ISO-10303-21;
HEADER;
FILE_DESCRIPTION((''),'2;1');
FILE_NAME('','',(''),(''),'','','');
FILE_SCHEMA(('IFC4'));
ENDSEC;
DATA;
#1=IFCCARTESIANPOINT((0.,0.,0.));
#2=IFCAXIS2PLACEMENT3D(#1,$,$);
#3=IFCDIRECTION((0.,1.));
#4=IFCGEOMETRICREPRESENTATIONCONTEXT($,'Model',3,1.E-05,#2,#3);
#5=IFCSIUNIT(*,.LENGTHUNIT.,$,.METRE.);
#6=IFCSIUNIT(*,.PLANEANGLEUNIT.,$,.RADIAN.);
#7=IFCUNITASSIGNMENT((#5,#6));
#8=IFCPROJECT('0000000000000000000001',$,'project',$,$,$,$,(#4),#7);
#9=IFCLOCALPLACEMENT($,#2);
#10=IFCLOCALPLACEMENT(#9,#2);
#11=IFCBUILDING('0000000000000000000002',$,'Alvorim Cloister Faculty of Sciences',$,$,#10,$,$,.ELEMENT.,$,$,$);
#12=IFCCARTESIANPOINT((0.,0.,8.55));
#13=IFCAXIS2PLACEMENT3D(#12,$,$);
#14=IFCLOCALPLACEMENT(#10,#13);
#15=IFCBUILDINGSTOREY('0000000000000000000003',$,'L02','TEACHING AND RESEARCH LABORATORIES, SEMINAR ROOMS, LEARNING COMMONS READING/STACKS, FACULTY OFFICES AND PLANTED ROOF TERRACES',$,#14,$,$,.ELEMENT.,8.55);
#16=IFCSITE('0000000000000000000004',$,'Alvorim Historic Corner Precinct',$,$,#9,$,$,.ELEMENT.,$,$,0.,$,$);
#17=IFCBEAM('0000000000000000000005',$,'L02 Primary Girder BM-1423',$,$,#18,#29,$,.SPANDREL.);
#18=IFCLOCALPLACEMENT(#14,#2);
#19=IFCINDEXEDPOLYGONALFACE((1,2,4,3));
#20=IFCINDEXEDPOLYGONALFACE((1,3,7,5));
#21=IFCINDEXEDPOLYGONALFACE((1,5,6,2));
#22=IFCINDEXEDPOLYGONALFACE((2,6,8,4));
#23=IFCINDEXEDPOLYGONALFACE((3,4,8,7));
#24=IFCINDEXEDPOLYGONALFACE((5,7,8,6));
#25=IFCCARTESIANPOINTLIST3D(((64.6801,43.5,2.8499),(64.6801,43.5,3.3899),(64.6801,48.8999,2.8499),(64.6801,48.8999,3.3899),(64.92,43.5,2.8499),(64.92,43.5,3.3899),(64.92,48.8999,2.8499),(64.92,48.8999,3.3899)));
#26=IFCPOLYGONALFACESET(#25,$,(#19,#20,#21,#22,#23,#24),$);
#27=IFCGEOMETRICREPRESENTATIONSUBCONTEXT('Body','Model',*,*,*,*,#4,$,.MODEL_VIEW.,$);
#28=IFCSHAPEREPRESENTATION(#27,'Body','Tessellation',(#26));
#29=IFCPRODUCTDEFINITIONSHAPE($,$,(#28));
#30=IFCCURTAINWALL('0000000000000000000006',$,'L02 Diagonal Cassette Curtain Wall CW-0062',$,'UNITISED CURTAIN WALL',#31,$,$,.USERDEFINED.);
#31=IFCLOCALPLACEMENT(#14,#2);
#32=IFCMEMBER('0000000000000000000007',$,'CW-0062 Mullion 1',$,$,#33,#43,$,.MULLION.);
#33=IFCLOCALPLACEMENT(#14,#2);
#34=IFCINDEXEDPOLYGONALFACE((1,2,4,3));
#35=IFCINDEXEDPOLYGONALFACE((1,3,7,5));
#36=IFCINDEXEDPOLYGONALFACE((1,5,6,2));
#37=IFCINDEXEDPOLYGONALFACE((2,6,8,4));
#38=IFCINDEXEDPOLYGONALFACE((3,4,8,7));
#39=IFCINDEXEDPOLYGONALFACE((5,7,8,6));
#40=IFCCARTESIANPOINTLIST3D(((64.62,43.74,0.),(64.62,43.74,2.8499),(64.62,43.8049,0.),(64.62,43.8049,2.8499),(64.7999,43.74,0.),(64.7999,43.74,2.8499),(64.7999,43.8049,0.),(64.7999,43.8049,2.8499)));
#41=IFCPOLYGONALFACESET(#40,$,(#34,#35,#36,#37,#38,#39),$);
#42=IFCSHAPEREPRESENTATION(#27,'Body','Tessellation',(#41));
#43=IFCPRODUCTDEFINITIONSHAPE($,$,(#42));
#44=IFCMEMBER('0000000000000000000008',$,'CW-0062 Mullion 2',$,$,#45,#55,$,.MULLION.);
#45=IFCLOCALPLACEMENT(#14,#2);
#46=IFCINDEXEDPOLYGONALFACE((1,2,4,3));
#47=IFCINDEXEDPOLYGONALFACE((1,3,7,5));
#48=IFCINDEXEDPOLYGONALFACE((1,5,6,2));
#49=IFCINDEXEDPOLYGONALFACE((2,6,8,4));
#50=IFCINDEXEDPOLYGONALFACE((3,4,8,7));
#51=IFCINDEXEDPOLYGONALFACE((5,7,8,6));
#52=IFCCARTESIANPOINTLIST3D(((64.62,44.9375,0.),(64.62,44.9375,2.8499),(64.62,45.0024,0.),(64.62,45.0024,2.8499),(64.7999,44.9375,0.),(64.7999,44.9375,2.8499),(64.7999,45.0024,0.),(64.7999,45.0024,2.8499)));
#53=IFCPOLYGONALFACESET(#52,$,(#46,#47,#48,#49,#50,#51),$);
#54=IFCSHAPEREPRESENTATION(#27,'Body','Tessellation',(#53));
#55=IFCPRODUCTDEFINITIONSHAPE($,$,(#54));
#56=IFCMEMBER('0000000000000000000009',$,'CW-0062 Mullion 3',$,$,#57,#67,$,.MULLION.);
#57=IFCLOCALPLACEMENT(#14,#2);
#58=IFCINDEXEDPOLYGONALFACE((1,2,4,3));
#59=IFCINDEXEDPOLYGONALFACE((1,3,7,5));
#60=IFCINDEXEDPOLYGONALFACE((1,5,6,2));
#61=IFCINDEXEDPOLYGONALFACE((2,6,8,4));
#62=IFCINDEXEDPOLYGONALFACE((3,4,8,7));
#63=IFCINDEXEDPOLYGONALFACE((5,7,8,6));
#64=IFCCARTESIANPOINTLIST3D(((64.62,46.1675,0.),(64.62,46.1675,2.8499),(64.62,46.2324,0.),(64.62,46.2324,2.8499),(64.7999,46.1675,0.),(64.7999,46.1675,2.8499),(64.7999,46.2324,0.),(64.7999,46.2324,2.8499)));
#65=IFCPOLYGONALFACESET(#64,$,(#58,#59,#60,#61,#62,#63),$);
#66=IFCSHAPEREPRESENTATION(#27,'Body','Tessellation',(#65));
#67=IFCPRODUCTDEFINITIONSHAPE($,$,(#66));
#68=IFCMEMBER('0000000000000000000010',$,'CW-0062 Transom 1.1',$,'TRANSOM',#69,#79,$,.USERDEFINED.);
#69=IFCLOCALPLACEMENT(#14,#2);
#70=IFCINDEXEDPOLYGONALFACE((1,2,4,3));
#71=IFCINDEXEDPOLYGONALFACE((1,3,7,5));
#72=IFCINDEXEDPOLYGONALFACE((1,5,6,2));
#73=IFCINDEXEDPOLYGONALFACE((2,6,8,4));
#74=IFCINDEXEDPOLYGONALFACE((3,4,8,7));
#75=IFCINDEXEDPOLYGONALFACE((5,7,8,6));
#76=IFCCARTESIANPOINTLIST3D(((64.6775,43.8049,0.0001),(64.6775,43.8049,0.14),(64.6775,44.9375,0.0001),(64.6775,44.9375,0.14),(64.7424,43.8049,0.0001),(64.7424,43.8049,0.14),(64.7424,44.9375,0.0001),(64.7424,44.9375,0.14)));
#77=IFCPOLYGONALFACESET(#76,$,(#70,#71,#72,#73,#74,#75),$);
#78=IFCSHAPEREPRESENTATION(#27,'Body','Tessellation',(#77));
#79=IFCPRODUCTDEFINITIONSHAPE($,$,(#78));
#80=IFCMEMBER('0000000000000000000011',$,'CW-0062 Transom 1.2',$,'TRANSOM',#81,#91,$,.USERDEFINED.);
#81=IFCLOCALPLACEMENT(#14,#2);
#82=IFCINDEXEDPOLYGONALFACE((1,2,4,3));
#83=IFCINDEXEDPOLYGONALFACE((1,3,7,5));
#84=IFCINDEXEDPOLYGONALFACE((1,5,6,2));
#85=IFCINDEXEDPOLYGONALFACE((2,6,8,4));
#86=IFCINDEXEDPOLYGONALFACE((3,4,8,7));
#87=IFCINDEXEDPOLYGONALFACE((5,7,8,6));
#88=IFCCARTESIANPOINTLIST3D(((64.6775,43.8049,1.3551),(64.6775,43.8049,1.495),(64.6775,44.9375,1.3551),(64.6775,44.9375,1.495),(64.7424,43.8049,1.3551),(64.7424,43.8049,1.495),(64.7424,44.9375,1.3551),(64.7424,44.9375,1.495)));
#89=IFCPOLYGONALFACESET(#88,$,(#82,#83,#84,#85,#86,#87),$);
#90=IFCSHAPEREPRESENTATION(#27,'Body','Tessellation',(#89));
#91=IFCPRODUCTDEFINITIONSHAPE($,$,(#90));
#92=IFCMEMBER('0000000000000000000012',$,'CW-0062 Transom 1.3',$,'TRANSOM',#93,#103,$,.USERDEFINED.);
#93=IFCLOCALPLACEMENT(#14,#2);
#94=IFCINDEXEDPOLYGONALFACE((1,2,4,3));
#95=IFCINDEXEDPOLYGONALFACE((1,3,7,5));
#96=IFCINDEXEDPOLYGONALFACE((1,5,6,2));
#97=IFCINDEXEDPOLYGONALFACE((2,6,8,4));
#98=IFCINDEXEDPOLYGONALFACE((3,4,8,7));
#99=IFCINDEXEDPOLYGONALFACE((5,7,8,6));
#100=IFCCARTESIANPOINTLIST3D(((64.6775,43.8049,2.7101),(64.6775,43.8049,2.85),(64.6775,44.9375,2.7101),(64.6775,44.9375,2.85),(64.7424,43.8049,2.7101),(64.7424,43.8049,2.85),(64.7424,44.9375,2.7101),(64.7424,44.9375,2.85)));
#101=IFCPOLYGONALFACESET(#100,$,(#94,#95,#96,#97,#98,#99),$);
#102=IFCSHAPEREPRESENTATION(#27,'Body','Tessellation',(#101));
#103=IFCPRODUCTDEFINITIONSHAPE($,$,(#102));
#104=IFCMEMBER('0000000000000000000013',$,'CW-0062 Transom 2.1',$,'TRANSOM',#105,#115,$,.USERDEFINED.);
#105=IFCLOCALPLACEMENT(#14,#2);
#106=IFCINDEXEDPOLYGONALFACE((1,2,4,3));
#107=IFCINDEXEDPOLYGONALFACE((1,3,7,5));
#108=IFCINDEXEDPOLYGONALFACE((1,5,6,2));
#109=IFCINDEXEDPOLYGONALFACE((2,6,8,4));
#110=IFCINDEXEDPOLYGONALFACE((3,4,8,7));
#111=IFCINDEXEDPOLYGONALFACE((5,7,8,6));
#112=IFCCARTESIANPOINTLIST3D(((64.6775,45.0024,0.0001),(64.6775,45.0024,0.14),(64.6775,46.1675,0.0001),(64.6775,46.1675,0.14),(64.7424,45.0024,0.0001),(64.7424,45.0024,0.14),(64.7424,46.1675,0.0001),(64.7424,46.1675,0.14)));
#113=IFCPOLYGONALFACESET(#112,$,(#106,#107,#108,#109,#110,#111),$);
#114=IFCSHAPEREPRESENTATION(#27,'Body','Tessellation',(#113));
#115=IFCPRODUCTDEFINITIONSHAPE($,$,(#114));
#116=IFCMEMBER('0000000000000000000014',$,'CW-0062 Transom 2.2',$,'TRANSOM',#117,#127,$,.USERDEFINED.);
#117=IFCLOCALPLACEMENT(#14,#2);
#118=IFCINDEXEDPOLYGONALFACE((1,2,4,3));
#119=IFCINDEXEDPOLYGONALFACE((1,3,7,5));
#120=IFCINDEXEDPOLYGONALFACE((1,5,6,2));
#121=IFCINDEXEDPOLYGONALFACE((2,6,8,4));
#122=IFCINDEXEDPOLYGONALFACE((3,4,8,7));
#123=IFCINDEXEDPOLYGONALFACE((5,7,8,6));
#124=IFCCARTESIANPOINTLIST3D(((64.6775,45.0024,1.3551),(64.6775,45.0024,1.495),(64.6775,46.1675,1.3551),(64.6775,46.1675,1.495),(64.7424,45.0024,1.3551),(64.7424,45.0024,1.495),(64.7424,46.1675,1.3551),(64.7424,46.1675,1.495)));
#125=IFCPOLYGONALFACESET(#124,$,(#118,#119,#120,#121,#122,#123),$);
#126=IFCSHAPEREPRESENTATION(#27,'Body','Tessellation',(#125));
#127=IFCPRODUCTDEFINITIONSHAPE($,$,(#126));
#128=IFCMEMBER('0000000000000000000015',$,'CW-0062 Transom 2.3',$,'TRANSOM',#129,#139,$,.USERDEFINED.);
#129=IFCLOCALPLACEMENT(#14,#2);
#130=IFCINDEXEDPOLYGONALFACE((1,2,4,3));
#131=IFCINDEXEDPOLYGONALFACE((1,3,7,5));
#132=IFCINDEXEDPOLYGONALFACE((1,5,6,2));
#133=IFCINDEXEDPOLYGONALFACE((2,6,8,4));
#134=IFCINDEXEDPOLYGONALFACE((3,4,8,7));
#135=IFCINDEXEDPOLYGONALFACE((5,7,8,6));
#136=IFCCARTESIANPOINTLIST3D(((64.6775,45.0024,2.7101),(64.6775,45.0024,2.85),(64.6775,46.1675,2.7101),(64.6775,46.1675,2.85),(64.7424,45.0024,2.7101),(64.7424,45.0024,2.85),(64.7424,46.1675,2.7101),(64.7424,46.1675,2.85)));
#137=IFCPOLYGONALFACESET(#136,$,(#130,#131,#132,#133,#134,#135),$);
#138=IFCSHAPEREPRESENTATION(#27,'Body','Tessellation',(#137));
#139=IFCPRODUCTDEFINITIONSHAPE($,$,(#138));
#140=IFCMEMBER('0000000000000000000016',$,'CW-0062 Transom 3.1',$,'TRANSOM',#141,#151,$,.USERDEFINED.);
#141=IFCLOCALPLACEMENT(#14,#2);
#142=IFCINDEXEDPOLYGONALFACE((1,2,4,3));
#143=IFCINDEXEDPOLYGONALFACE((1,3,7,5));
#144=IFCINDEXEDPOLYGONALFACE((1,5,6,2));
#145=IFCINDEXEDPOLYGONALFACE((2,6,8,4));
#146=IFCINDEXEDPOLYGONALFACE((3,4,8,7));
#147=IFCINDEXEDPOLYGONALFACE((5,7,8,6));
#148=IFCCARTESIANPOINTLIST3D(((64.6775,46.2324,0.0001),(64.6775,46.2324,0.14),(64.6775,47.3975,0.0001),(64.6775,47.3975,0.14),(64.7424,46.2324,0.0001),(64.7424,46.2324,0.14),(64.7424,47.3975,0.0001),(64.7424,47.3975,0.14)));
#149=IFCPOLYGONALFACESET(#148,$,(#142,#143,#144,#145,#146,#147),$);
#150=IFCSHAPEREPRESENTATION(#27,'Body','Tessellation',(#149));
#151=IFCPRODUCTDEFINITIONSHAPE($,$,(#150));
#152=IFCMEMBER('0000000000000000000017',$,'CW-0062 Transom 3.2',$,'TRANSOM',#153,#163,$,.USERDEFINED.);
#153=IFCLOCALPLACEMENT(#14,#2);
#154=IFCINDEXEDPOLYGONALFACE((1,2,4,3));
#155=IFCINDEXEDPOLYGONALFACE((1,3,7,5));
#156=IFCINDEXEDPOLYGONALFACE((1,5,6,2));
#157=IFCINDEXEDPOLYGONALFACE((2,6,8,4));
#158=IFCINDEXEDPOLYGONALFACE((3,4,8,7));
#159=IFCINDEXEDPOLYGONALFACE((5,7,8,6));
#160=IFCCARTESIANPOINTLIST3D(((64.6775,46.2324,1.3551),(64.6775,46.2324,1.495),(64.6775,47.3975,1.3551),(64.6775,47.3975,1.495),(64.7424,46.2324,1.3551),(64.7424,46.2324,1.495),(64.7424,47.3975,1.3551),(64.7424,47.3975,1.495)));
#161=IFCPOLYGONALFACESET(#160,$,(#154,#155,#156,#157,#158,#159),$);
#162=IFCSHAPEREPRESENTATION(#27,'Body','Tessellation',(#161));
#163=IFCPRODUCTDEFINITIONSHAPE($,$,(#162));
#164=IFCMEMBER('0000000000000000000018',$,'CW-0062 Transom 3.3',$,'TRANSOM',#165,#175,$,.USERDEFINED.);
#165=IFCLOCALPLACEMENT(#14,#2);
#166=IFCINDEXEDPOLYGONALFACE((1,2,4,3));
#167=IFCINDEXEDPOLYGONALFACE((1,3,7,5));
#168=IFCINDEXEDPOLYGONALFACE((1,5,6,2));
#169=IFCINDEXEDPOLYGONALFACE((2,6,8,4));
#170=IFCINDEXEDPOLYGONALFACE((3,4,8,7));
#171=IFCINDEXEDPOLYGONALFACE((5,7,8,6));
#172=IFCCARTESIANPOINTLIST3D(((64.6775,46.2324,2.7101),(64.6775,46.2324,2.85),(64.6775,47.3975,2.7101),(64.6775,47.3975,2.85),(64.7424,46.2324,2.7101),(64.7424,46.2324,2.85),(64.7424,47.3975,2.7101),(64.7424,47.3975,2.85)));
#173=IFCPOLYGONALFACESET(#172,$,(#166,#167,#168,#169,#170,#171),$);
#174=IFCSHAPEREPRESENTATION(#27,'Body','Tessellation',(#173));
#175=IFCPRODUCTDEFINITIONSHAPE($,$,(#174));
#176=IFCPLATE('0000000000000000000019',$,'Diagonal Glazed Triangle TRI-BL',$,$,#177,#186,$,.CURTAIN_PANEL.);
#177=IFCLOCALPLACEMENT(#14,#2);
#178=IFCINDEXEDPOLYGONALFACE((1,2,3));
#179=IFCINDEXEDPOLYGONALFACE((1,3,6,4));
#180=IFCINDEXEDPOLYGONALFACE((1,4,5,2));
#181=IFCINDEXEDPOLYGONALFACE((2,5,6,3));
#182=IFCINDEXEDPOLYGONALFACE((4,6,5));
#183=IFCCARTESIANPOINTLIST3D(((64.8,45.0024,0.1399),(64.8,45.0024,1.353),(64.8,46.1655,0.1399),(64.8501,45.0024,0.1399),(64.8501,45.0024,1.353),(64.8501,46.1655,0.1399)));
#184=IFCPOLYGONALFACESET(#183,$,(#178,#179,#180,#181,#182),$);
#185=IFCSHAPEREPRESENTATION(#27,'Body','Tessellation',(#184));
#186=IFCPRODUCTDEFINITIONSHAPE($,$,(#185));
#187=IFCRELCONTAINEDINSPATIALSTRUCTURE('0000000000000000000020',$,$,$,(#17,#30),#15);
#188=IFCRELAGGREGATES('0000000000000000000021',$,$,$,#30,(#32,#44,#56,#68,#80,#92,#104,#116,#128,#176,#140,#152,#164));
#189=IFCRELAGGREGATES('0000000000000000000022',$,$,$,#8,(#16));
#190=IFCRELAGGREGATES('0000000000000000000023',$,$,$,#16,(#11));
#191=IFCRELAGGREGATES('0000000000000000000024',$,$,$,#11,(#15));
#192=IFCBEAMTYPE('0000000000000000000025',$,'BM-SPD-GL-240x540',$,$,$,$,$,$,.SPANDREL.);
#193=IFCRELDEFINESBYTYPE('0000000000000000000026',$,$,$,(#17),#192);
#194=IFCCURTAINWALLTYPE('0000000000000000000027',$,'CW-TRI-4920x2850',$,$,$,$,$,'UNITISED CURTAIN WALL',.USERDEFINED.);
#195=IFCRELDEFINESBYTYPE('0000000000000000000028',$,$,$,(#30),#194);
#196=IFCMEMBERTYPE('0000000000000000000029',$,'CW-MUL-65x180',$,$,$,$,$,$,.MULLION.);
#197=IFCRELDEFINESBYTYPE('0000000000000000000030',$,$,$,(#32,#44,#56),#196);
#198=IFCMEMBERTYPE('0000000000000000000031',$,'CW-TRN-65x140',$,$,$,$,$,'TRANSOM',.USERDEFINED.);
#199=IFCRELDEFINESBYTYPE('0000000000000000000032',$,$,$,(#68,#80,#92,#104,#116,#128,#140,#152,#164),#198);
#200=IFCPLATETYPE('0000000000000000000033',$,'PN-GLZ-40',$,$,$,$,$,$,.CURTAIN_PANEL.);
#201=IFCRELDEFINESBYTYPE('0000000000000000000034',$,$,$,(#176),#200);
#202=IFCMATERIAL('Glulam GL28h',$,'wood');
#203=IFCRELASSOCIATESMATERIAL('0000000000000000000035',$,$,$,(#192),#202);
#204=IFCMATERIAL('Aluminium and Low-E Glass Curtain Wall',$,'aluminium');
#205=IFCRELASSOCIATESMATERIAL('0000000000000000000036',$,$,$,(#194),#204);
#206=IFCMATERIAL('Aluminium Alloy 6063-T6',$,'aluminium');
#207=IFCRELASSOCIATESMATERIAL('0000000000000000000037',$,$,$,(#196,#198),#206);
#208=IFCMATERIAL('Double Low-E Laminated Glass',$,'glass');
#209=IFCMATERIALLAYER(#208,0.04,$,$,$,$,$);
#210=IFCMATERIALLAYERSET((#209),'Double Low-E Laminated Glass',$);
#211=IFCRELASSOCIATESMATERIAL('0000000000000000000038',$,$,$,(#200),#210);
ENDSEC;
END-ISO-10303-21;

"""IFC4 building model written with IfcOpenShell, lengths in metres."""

from ifc_helpers import new_model, si_unit, direction, frame, origin, origin_2d, place, context, subcontext, project, spatial, polyline, rectangle, outline, extrude, material, layer, layer_set, material_profile, profile_set, type_object, element, aggregate, save


model = new_model("IFC4")

# Units and contexts
model_context = context("Model", 3, precision=1e-05, world=origin(), true_north=direction((0.0, 1.0)))
body_context = subcontext(model_context, "Body", "Model", "MODEL_VIEW")
ifc_project = project(units=[si_unit("LENGTHUNIT", "METRE"), si_unit("PLANEANGLEUNIT", "RADIAN")], contexts=[model_context])

# Site, building, storey
site_placement = place(None, origin())
site = spatial("IfcSite", under=ifc_project, at=site_placement, Name="Alvorim Historic Corner Precinct", CompositionType="ELEMENT", RefElevation=0.0)
building_placement = place(site_placement, origin())
building = spatial("IfcBuilding", under=site, at=building_placement, Name="Alvorim Cloister Faculty of Sciences", CompositionType="ELEMENT")
storey_placement = place(building_placement, frame((0.0, 0.0, 8.55)))
storey = spatial("IfcBuildingStorey", under=building, at=storey_placement, Name="L02", Description="TEACHING AND RESEARCH LABORATORIES, SEMINAR ROOMS, LEARNING COMMONS READING/STACKS, FACULTY OFFICES AND PLANTED ROOF TERRACES", CompositionType="ELEMENT", Elevation=8.55)

# Beam
ifc_material_1 = material(Name="Glulam GL28h", Category="wood")
ifc_material_profile_1 = material_profile(ifc_material_1, rectangle(XDim=0.24, YDim=0.54, at=origin_2d()), Name="GL28-SPD-240x540")
ifc_profile_set_1 = profile_set([ifc_material_profile_1], Name="Glulam GL28h")
beam_type = type_object("IfcBeamType", Name="BM-SPD-GL-240x540", PredefinedType="SPANDREL", material=ifc_profile_set_1)
beam_placement = place(storey_placement, frame((64.8, 43.5, 3.1199), z_axis=(0.0, 1.0, 0.0), x_axis=(-1.0, 0.0, 0.0)))
element("IfcBeam", 1, at=beam_placement, inside=storey, type_object=beam_type, Name="L02 Primary Girder BM-1423", PredefinedType="SPANDREL", context=body_context, shape_type="SweptSolid", body=[
    extrude(rectangle(XDim=0.24, YDim=0.54, at=origin_2d()), origin(), (0.0, 0.0, 1.0), 5.3999),
])

# Curtain wall, members, plate
ifc_material_2 = material(Name="Aluminium and Low-E Glass Curtain Wall", Category="aluminium")
curtain_wall_type = type_object("IfcCurtainWallType", Name="CW-TRI-4920x2850", ElementType="UNITISED CURTAIN WALL", PredefinedType="USERDEFINED", material=ifc_material_2)
curtain_wall_placement = place(storey_placement, origin())
curtain_wall = element("IfcCurtainWall", 2, at=curtain_wall_placement, inside=storey, type_object=curtain_wall_type, Name="L02 Diagonal Cassette Curtain Wall CW-0062", ObjectType="UNITISED CURTAIN WALL", PredefinedType="USERDEFINED")
ifc_material_3 = material(Name="Aluminium Alloy 6063-T6", Category="aluminium")
ifc_material_profile_2 = material_profile(ifc_material_3, rectangle(XDim=0.0649, YDim=0.1799, at=origin_2d()), Name="ALU-MUL-65x180")
ifc_profile_set_2 = profile_set([ifc_material_profile_2], Name="Aluminium Alloy 6063-T6")
member_type_1 = type_object("IfcMemberType", Name="CW-MUL-65x180", PredefinedType="MULLION", material=ifc_profile_set_2)
member_1_placement = place(storey_placement, frame((64.71, 43.7725, 0.0), z_axis=(0.0, 0.0, 1.0), x_axis=(0.0, 1.0, 0.0)))
member_1 = element("IfcMember", 3, at=member_1_placement, type_object=member_type_1, Name="CW-0062 Mullion 1", PredefinedType="MULLION", context=body_context, shape_type="SweptSolid", body=[
    extrude(rectangle(XDim=0.0649, YDim=0.1799, at=origin_2d()), origin(), (0.0, 0.0, 1.0), 2.8499),
])
member_2_placement = place(storey_placement, frame((64.71, 44.97, 0.0), z_axis=(0.0, 0.0, 1.0), x_axis=(0.0, 1.0, 0.0)))
member_2 = element("IfcMember", 4, at=member_2_placement, type_object=member_type_1, Name="CW-0062 Mullion 2", PredefinedType="MULLION", context=body_context, shape_type="SweptSolid", body=[
    extrude(rectangle(XDim=0.0649, YDim=0.1799, at=origin_2d()), origin(), (0.0, 0.0, 1.0), 2.8499),
])
member_3_placement = place(storey_placement, frame((64.71, 46.2, 0.0), z_axis=(0.0, 0.0, 1.0), x_axis=(0.0, 1.0, 0.0)))
member_3 = element("IfcMember", 5, at=member_3_placement, type_object=member_type_1, Name="CW-0062 Mullion 3", PredefinedType="MULLION", context=body_context, shape_type="SweptSolid", body=[
    extrude(rectangle(XDim=0.0649, YDim=0.1799, at=origin_2d()), origin(), (0.0, 0.0, 1.0), 2.8499),
])
ifc_material_profile_3 = material_profile(ifc_material_3, rectangle(XDim=0.0649, YDim=0.1399, at=origin_2d()), Name="ALU-TRN-65x140")
ifc_profile_set_3 = profile_set([ifc_material_profile_3], Name="Aluminium Alloy 6063-T6")
member_type_2 = type_object("IfcMemberType", Name="CW-TRN-65x140", ElementType="TRANSOM", PredefinedType="USERDEFINED", material=ifc_profile_set_3)
member_4_placement = place(storey_placement, frame((64.71, 43.8049, 0.0701), z_axis=(0.0, 1.0, 0.0), x_axis=(-1.0, 0.0, 0.0)))
member_4 = element("IfcMember", 6, at=member_4_placement, type_object=member_type_2, Name="CW-0062 Transom 1.1", ObjectType="TRANSOM", PredefinedType="USERDEFINED", context=body_context, shape_type="SweptSolid", body=[
    extrude(rectangle(XDim=0.0649, YDim=0.1399, at=origin_2d()), origin(), (0.0, 0.0, 1.0), 1.1326),
])
member_5_placement = place(storey_placement, frame((64.71, 43.8049, 1.425), z_axis=(0.0, 1.0, 0.0), x_axis=(-1.0, 0.0, 0.0)))
member_5 = element("IfcMember", 7, at=member_5_placement, type_object=member_type_2, Name="CW-0062 Transom 1.2", ObjectType="TRANSOM", PredefinedType="USERDEFINED", context=body_context, shape_type="SweptSolid", body=[
    extrude(rectangle(XDim=0.0649, YDim=0.1399, at=origin_2d()), origin(), (0.0, 0.0, 1.0), 1.1326),
])
member_6_placement = place(storey_placement, frame((64.71, 43.8049, 2.78), z_axis=(0.0, 1.0, 0.0), x_axis=(-1.0, 0.0, 0.0)))
member_6 = element("IfcMember", 8, at=member_6_placement, type_object=member_type_2, Name="CW-0062 Transom 1.3", ObjectType="TRANSOM", PredefinedType="USERDEFINED", context=body_context, shape_type="SweptSolid", body=[
    extrude(rectangle(XDim=0.0649, YDim=0.1399, at=origin_2d()), origin(), (0.0, 0.0, 1.0), 1.1326),
])
member_7_placement = place(storey_placement, frame((64.71, 45.0024, 0.0701), z_axis=(0.0, 1.0, 0.0), x_axis=(-1.0, 0.0, 0.0)))
member_7 = element("IfcMember", 9, at=member_7_placement, type_object=member_type_2, Name="CW-0062 Transom 2.1", ObjectType="TRANSOM", PredefinedType="USERDEFINED", context=body_context, shape_type="SweptSolid", body=[
    extrude(rectangle(XDim=0.0649, YDim=0.1399, at=origin_2d()), origin(), (0.0, 0.0, 1.0), 1.165),
])
member_8_placement = place(storey_placement, frame((64.71, 45.0024, 1.425), z_axis=(0.0, 1.0, 0.0), x_axis=(-1.0, 0.0, 0.0)))
member_8 = element("IfcMember", 10, at=member_8_placement, type_object=member_type_2, Name="CW-0062 Transom 2.2", ObjectType="TRANSOM", PredefinedType="USERDEFINED", context=body_context, shape_type="SweptSolid", body=[
    extrude(rectangle(XDim=0.0649, YDim=0.1399, at=origin_2d()), origin(), (0.0, 0.0, 1.0), 1.165),
])
member_9_placement = place(storey_placement, frame((64.71, 45.0024, 2.78), z_axis=(0.0, 1.0, 0.0), x_axis=(-1.0, 0.0, 0.0)))
member_9 = element("IfcMember", 11, at=member_9_placement, type_object=member_type_2, Name="CW-0062 Transom 2.3", ObjectType="TRANSOM", PredefinedType="USERDEFINED", context=body_context, shape_type="SweptSolid", body=[
    extrude(rectangle(XDim=0.0649, YDim=0.1399, at=origin_2d()), origin(), (0.0, 0.0, 1.0), 1.165),
])
member_10_placement = place(storey_placement, frame((64.71, 46.2324, 0.0701), z_axis=(0.0, 1.0, 0.0), x_axis=(-1.0, 0.0, 0.0)))
member_10 = element("IfcMember", 12, at=member_10_placement, type_object=member_type_2, Name="CW-0062 Transom 3.1", ObjectType="TRANSOM", PredefinedType="USERDEFINED", context=body_context, shape_type="SweptSolid", body=[
    extrude(rectangle(XDim=0.0649, YDim=0.1399, at=origin_2d()), origin(), (0.0, 0.0, 1.0), 1.165),
])
member_11_placement = place(storey_placement, frame((64.71, 46.2324, 1.425), z_axis=(0.0, 1.0, 0.0), x_axis=(-1.0, 0.0, 0.0)))
member_11 = element("IfcMember", 13, at=member_11_placement, type_object=member_type_2, Name="CW-0062 Transom 3.2", ObjectType="TRANSOM", PredefinedType="USERDEFINED", context=body_context, shape_type="SweptSolid", body=[
    extrude(rectangle(XDim=0.0649, YDim=0.1399, at=origin_2d()), origin(), (0.0, 0.0, 1.0), 1.165),
])
member_12_placement = place(storey_placement, frame((64.71, 46.2324, 2.78), z_axis=(0.0, 1.0, 0.0), x_axis=(-1.0, 0.0, 0.0)))
member_12 = element("IfcMember", 14, at=member_12_placement, type_object=member_type_2, Name="CW-0062 Transom 3.3", ObjectType="TRANSOM", PredefinedType="USERDEFINED", context=body_context, shape_type="SweptSolid", body=[
    extrude(rectangle(XDim=0.0649, YDim=0.1399, at=origin_2d()), origin(), (0.0, 0.0, 1.0), 1.165),
])
ifc_material_4 = material(Name="Double Low-E Laminated Glass", Category="glass")
ifc_layer_1 = layer(ifc_material_4, 0.04)
ifc_layer_set_1 = layer_set([ifc_layer_1], Name="Double Low-E Laminated Glass")
plate_type = type_object("IfcPlateType", Name="PN-GLZ-40", PredefinedType="CURTAIN_PANEL", material=ifc_layer_set_1)
plate_1_placement = place(storey_placement, frame((64.825, 45.0024, 0.1399), z_axis=(0.0, 0.0, 1.0), x_axis=(0.0, 1.0, 0.0)))
plate_1 = element("IfcPlate", 15, at=plate_1_placement, type_object=plate_type, Name="Diagonal Glazed Triangle TRI-BL", PredefinedType="CURTAIN_PANEL", context=body_context, shape_type="SweptSolid", body=[
    extrude(outline(polyline([(0.0, 0.0), (1.1631, 0.0), (0.0, 1.2131), (0.0, 0.0)])), frame((0.0, 0.0249, 0.0), z_axis=(0.0, -1.0, 0.0), x_axis=(1.0, 0.0, 0.0)), (0.0, 0.0, 1.0), 0.05),
])
aggregate(curtain_wall, [member_1, member_2, member_3, member_4, member_5, member_6, member_7, member_8, member_9, plate_1, member_10, member_11, member_12])

save(model, "model.ifc")
